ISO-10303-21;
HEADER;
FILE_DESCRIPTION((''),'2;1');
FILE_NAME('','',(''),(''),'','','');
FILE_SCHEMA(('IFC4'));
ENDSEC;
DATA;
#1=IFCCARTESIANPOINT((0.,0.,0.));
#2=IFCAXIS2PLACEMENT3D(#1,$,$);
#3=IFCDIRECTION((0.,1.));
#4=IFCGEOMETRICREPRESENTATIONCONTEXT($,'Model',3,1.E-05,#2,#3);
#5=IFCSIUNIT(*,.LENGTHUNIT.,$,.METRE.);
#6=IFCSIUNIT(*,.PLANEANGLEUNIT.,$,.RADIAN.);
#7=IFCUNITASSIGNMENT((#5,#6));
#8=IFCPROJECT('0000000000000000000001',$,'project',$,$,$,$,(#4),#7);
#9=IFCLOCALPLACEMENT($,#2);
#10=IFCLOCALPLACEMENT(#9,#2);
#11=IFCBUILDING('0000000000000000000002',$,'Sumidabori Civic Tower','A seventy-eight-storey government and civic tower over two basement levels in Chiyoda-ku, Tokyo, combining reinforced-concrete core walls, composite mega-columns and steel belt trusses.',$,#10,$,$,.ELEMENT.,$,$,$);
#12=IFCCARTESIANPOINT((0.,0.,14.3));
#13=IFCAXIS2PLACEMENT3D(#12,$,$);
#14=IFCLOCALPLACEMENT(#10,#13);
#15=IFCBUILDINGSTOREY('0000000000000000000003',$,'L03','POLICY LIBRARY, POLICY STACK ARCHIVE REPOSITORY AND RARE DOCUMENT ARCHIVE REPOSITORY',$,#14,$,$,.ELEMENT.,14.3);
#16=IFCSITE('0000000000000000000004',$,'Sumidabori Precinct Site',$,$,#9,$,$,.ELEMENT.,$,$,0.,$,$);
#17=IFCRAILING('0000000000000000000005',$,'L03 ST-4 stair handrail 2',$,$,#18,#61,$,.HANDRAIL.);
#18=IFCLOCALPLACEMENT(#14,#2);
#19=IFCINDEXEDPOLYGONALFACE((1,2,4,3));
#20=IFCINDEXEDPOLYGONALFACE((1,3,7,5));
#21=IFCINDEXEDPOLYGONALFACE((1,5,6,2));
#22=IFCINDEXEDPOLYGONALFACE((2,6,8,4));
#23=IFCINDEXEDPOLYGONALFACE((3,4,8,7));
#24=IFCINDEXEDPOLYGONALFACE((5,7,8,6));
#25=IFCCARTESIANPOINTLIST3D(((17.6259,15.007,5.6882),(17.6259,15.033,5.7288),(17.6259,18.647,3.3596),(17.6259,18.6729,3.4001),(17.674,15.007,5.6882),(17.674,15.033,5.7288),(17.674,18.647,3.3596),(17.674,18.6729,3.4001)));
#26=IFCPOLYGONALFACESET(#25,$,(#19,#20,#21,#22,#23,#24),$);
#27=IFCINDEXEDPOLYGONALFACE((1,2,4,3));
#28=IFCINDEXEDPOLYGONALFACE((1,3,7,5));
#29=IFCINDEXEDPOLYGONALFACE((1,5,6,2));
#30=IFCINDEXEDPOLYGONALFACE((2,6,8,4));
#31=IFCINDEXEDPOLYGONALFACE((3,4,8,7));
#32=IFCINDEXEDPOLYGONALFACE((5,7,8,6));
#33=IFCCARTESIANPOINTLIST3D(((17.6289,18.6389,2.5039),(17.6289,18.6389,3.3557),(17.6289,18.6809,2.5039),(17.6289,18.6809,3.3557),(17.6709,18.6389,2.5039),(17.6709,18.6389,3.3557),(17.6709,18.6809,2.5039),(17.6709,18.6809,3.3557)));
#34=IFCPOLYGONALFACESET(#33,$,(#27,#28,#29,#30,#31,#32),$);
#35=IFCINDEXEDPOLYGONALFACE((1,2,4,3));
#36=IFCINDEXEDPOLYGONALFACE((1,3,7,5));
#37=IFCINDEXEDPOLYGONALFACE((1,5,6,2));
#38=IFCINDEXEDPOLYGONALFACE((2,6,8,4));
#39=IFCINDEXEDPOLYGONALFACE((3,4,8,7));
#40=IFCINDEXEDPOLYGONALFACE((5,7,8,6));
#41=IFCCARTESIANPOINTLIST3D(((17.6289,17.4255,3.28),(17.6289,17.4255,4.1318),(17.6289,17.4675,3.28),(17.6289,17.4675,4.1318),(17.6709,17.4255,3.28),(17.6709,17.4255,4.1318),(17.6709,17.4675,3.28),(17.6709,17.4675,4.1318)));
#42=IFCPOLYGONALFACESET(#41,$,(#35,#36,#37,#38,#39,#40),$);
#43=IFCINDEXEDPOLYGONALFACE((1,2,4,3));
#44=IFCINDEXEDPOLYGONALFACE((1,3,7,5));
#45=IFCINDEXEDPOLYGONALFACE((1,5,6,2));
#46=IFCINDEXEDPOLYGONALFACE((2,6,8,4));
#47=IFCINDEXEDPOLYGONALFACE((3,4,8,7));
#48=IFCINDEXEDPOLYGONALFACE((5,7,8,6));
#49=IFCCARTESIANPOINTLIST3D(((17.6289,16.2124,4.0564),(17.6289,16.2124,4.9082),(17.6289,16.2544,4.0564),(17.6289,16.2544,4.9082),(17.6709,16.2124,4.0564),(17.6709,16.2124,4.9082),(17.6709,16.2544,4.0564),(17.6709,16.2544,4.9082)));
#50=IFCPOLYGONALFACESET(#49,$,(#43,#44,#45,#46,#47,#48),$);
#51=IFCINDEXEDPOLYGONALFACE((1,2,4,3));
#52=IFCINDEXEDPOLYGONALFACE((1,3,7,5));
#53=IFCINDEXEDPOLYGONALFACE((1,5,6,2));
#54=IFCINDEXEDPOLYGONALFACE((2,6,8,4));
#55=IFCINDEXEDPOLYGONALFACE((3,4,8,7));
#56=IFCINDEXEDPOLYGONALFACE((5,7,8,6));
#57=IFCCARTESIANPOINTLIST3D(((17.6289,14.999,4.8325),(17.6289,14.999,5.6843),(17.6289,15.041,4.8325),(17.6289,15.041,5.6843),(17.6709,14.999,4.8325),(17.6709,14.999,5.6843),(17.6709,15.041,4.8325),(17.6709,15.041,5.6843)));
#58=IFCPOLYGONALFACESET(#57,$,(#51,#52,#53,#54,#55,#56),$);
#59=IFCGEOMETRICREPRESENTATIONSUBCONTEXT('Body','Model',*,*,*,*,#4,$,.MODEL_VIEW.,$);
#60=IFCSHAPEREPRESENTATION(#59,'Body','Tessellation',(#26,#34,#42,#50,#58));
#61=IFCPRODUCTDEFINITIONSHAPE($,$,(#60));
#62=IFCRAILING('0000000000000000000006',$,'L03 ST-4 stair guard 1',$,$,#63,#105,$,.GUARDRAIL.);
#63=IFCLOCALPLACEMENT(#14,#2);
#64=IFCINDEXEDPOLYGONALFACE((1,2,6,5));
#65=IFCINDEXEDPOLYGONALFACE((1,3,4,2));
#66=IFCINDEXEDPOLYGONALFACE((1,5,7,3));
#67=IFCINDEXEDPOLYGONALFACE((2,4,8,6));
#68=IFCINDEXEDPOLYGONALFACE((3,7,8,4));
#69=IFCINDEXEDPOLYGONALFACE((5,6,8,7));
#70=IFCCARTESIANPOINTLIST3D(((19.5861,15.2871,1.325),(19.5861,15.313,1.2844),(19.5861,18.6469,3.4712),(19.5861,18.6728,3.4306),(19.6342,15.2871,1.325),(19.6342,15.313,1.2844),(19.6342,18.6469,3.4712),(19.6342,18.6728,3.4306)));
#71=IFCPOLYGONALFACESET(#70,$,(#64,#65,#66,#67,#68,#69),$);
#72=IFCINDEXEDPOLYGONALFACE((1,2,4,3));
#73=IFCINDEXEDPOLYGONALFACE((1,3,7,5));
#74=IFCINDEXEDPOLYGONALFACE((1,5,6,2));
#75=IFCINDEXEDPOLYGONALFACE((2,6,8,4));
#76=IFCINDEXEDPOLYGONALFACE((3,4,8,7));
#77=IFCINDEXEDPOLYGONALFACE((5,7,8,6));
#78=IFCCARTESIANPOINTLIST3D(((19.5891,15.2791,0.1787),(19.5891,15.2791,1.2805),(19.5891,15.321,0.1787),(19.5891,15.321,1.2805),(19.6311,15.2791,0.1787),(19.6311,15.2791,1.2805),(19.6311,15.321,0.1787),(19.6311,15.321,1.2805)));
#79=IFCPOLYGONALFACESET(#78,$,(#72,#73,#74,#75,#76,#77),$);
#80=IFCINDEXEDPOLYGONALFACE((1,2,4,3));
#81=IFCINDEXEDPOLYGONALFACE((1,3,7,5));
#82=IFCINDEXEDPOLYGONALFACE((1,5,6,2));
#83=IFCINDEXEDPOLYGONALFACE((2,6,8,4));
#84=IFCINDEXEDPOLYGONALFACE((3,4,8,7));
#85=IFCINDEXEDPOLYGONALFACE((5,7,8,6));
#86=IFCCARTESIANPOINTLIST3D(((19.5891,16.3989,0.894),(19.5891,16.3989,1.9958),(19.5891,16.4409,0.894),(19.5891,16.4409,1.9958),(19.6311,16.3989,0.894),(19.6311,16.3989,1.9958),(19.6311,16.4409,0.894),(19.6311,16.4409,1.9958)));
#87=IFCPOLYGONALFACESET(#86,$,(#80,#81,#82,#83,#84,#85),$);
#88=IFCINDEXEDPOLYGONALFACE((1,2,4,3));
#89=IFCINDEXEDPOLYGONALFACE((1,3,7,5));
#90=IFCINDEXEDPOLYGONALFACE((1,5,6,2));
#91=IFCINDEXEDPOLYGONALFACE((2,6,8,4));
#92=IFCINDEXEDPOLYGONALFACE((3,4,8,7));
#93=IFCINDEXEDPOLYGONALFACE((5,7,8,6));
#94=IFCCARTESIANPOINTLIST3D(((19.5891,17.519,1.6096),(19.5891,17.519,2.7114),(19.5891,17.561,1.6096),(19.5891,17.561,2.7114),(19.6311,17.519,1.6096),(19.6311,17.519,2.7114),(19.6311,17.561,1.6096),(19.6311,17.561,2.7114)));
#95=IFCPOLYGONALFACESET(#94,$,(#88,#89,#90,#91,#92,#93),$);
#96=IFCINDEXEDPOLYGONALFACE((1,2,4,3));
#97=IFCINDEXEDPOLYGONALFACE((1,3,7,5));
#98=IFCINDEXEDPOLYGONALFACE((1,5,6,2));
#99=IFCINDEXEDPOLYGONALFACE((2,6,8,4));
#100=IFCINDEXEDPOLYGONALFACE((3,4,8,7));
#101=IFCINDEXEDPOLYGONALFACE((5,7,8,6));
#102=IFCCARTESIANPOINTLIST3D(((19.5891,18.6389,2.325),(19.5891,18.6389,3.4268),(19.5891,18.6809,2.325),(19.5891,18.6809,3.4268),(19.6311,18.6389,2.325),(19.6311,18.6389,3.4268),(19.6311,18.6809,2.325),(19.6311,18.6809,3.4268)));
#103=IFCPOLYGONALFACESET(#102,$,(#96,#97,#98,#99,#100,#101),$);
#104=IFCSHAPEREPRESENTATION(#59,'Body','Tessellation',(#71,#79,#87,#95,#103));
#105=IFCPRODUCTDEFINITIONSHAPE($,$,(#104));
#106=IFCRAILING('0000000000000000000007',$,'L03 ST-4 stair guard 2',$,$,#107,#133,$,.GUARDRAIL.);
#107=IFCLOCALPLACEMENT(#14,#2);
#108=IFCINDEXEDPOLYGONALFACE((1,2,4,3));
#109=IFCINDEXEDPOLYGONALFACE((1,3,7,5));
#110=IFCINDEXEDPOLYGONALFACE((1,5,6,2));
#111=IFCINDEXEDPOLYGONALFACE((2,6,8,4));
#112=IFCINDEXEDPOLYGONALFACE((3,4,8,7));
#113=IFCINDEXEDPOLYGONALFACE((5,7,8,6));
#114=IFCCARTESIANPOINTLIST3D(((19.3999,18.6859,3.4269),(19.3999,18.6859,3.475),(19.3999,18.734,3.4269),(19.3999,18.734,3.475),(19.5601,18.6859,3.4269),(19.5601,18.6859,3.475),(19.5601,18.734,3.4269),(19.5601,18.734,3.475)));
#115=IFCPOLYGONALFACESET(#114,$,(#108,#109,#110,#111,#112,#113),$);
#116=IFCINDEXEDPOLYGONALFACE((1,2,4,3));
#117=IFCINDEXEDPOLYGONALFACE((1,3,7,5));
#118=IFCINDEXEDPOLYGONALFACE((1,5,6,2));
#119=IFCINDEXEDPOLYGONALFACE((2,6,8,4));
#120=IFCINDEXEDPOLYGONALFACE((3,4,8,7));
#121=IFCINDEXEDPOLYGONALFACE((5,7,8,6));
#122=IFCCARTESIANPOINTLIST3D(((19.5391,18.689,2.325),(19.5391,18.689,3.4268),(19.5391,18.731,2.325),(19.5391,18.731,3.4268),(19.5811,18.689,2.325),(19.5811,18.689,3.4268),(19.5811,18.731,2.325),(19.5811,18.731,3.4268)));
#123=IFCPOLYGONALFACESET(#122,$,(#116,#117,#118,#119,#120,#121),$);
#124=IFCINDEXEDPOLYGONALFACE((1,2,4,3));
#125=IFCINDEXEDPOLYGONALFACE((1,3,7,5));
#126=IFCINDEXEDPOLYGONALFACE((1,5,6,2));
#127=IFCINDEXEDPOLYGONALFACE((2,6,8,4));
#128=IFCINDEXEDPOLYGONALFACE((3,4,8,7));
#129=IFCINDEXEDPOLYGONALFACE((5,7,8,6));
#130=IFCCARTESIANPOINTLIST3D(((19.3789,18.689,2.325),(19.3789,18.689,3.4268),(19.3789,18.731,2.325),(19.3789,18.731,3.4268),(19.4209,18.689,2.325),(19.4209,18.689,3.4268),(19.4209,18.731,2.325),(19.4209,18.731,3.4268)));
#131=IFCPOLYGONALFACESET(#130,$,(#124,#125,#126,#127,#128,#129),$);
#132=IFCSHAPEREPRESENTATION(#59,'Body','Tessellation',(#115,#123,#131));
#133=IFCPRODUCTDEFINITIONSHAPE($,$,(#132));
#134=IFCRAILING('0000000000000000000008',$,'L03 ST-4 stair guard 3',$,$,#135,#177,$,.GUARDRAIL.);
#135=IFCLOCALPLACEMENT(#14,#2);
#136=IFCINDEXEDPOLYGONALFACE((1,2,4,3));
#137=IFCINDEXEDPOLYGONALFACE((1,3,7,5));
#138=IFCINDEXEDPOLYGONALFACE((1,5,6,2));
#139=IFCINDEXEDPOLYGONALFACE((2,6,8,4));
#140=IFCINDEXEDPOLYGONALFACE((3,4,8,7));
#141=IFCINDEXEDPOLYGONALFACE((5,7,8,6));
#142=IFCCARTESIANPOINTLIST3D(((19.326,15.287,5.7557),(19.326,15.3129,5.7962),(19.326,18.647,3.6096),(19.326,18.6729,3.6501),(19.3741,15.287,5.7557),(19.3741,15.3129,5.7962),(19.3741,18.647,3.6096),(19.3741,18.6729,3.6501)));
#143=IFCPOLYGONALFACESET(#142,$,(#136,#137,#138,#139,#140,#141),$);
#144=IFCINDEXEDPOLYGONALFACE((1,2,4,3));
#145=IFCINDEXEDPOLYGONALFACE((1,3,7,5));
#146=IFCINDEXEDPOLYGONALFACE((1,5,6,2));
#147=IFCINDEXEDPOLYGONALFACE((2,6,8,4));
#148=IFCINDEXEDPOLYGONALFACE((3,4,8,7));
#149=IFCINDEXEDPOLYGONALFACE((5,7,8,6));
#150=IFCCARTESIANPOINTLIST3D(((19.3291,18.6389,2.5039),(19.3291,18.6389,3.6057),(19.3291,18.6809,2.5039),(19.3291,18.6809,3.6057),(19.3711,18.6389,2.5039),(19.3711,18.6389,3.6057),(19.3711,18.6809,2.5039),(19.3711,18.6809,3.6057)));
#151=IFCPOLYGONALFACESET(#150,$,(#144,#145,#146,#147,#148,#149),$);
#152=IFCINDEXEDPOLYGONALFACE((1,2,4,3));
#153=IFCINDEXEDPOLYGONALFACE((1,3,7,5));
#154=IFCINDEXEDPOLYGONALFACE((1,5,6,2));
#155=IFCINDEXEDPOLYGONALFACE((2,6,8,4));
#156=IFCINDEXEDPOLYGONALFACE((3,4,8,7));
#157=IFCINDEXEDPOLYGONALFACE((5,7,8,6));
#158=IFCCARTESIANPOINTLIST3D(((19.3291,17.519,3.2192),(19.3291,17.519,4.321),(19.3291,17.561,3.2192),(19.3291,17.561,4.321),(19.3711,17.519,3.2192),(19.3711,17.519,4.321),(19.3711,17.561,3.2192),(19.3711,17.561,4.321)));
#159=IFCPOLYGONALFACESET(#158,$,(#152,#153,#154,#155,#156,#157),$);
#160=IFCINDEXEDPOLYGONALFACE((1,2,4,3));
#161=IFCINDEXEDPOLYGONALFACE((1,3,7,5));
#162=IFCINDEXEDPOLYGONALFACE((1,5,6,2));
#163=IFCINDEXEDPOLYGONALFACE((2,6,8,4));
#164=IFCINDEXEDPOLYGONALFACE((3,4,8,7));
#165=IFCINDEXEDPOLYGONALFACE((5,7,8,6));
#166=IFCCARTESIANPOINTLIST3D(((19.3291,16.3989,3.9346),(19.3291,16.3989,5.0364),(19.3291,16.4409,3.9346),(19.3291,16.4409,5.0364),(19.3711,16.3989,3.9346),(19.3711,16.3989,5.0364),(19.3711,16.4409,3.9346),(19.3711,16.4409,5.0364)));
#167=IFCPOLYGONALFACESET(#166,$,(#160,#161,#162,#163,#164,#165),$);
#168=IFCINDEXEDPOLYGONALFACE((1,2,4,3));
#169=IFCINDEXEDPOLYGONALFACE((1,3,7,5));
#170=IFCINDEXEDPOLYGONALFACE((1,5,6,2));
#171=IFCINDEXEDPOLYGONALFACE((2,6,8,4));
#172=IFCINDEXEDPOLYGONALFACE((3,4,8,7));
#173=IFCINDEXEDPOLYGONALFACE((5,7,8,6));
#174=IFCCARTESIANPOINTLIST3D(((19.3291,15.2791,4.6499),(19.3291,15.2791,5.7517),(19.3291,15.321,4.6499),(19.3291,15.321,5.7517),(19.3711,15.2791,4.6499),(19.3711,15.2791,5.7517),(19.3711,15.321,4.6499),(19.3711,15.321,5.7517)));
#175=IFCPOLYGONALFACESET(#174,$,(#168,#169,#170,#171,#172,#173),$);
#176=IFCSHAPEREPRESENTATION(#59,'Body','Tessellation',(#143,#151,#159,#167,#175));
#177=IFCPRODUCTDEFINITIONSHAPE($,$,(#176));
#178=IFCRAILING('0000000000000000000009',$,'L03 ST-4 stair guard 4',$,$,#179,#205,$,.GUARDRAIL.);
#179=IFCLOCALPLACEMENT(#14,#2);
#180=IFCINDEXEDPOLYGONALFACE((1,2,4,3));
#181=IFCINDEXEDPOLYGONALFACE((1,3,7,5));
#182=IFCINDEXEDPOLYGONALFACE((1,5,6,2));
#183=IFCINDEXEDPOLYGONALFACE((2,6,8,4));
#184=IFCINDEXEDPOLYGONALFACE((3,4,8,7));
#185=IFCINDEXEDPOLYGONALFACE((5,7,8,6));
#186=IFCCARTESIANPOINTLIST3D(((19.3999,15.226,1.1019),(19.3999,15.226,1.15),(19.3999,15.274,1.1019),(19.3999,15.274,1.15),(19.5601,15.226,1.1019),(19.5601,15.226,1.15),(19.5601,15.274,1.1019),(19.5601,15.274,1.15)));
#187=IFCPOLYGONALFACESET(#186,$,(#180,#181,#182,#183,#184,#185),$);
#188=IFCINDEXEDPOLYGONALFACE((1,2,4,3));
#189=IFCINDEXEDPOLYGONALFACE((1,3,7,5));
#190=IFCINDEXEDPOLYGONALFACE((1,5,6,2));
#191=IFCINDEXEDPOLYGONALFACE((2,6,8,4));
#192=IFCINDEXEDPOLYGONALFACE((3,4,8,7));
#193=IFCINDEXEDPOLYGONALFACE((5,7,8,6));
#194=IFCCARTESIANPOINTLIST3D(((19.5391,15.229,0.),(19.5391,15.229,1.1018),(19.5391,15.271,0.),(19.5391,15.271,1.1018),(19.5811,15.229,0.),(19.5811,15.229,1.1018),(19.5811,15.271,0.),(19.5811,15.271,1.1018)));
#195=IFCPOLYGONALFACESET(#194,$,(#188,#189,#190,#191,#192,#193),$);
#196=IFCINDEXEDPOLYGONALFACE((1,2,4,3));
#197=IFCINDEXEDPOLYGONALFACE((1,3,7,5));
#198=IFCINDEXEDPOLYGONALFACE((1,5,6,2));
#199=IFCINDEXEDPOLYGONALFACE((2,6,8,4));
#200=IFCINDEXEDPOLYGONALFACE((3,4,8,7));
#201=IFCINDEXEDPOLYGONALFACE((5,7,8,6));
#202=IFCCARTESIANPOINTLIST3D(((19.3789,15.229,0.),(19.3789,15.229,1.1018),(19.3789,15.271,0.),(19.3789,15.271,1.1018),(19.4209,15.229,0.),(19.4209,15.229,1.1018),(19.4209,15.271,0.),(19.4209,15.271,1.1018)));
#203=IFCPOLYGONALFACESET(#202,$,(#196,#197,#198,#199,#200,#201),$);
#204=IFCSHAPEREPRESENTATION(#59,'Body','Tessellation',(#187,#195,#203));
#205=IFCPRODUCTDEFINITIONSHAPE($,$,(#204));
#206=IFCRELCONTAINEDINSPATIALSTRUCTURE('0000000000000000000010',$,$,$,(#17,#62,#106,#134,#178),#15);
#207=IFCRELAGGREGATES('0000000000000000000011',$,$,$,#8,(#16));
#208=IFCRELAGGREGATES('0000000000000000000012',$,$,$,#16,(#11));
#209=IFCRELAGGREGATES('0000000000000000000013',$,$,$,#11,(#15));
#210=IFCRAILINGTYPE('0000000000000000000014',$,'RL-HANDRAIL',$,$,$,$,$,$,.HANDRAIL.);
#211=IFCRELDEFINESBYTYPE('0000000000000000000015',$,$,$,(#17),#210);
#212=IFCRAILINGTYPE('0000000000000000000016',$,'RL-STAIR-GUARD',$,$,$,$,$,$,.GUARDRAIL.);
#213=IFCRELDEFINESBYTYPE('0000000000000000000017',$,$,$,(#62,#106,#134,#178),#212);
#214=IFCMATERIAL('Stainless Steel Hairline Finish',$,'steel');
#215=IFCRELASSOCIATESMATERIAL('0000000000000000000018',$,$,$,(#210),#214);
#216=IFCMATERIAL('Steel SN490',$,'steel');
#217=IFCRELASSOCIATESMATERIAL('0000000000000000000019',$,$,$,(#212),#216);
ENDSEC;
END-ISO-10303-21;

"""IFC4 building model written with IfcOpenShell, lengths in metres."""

from ifc_helpers import new_model, si_unit, direction, frame, origin, origin_2d, place, context, subcontext, project, spatial, rectangle, extrude, material, type_object, element, save


model = new_model("IFC4")

# Units and contexts
model_context = context("Model", 3, precision=1e-05, world=origin(), true_north=direction((0.0, 1.0)))
body_context = subcontext(model_context, "Body", "Model", "MODEL_VIEW")
ifc_project = project(units=[si_unit("LENGTHUNIT", "METRE"), si_unit("PLANEANGLEUNIT", "RADIAN")], contexts=[model_context])

# Site, building, storey
site_placement = place(None, origin())
site = spatial("IfcSite", under=ifc_project, at=site_placement, Name="Sumidabori Precinct Site", CompositionType="ELEMENT", RefElevation=0.0)
building_placement = place(site_placement, origin())
building = spatial("IfcBuilding", under=site, at=building_placement, Name="Sumidabori Civic Tower", Description="A seventy-eight-storey government and civic tower over two basement levels in Chiyoda-ku, Tokyo, combining reinforced-concrete core walls, composite mega-columns and steel belt trusses.", CompositionType="ELEMENT")
storey_placement = place(building_placement, frame((0.0, 0.0, 14.3)))
storey = spatial("IfcBuildingStorey", under=building, at=storey_placement, Name="L03", Description="POLICY LIBRARY, POLICY STACK ARCHIVE REPOSITORY AND RARE DOCUMENT ARCHIVE REPOSITORY", CompositionType="ELEMENT", Elevation=14.3)

# Shared definitions
ifc_material_1 = material(Name="Steel SN490", Category="steel")

# Railings
ifc_material_2 = material(Name="Stainless Steel Hairline Finish", Category="steel")
railing_type_1 = type_object("IfcRailingType", Name="RL-HANDRAIL", PredefinedType="HANDRAIL", material=ifc_material_2)
railing_1_placement = place(storey_placement, frame((17.6499, 18.6599, 2.5039)))
element("IfcRailing", 1, at=railing_1_placement, inside=storey, type_object=railing_type_1, Name="L03 ST-4 stair handrail 2", PredefinedType="HANDRAIL", context=body_context, shape_type="SweptSolid", body=[
    extrude(rectangle(XDim=0.0481, YDim=0.0481, at=origin_2d()), frame((0.0, 0.0, 0.876), z_axis=(0.0, -0.842368, 0.538903), x_axis=(1.0, 0.0, 0.0)), (0.0, 0.0, 1.0), 4.321),
    extrude(rectangle(XDim=0.042, YDim=0.042, at=origin_2d()), origin(), (0.0, 0.0, 1.0), 0.8518),
    extrude(rectangle(XDim=0.042, YDim=0.042, at=origin_2d()), frame((0.0, -1.2134, 0.7761)), (0.0, 0.0, 1.0), 0.8518),
    extrude(rectangle(XDim=0.042, YDim=0.042, at=origin_2d()), frame((0.0, -2.4265, 1.5525)), (0.0, 0.0, 1.0), 0.8518),
    extrude(rectangle(XDim=0.042, YDim=0.042, at=origin_2d()), frame((0.0, -3.6399, 2.3286)), (0.0, 0.0, 1.0), 0.8518),
])
railing_type_2 = type_object("IfcRailingType", Name="RL-STAIR-GUARD", PredefinedType="GUARDRAIL", material=ifc_material_1)
railing_2_placement = place(storey_placement, frame((19.6101, 15.3, 0.1787)))
element("IfcRailing", 2, at=railing_2_placement, inside=storey, type_object=railing_type_2, Name="L03 ST-4 stair guard 1", PredefinedType="GUARDRAIL", context=body_context, shape_type="SweptSolid", body=[
    extrude(rectangle(XDim=0.0481, YDim=0.0481, at=origin_2d()), frame((0.0, 0.0, 1.126), z_axis=(0.0, 0.842735, 0.538329), x_axis=(-1.0, 0.0, 0.0)), (0.0, 0.0, 1.0), 3.9868),
    extrude(rectangle(XDim=0.042, YDim=0.042, at=origin_2d()), origin(), (0.0, 0.0, 1.0), 1.1018),
    extrude(rectangle(XDim=0.042, YDim=0.042, at=origin_2d()), frame((0.0, 1.1199, 0.7153)), (0.0, 0.0, 1.0), 1.1018),
    extrude(rectangle(XDim=0.042, YDim=0.042, at=origin_2d()), frame((0.0, 2.24, 1.4309)), (0.0, 0.0, 1.0), 1.1018),
    extrude(rectangle(XDim=0.042, YDim=0.042, at=origin_2d()), frame((0.0, 3.3599, 2.1462)), (0.0, 0.0, 1.0), 1.1018),
])
railing_3_placement = place(storey_placement, frame((19.5601, 18.71, 2.325)))
element("IfcRailing", 3, at=railing_3_placement, inside=storey, type_object=railing_type_2, Name="L03 ST-4 stair guard 2", PredefinedType="GUARDRAIL", context=body_context, shape_type="SweptSolid", body=[
    extrude(rectangle(XDim=0.0481, YDim=0.0481, at=origin_2d()), frame((0.0, 0.0, 1.126), z_axis=(-1.0, 0.0, 0.0), x_axis=(0.0, -1.0, 0.0)), (0.0, 0.0, 1.0), 0.1602),
    extrude(rectangle(XDim=0.042, YDim=0.042, at=origin_2d()), origin(), (0.0, 0.0, 1.0), 1.1018),
    extrude(rectangle(XDim=0.042, YDim=0.042, at=origin_2d()), frame((-0.1602, 0.0, 0.0)), (0.0, 0.0, 1.0), 1.1018),
])
railing_4_placement = place(storey_placement, frame((19.3501, 18.6599, 2.5039)))
element("IfcRailing", 4, at=railing_4_placement, inside=storey, type_object=railing_type_2, Name="L03 ST-4 stair guard 3", PredefinedType="GUARDRAIL", context=body_context, shape_type="SweptSolid", body=[
    extrude(rectangle(XDim=0.0481, YDim=0.0481, at=origin_2d()), frame((0.0, 0.0, 1.126), z_axis=(0.0, -0.842763, 0.538285), x_axis=(1.0, 0.0, 0.0)), (0.0, 0.0, 1.0), 3.9868),
    extrude(rectangle(XDim=0.042, YDim=0.042, at=origin_2d()), origin(), (0.0, 0.0, 1.0), 1.1018),
    extrude(rectangle(XDim=0.042, YDim=0.042, at=origin_2d()), frame((0.0, -1.1199, 0.7153)), (0.0, 0.0, 1.0), 1.1018),
    extrude(rectangle(XDim=0.042, YDim=0.042, at=origin_2d()), frame((0.0, -2.24, 1.4307)), (0.0, 0.0, 1.0), 1.1018),
    extrude(rectangle(XDim=0.042, YDim=0.042, at=origin_2d()), frame((0.0, -3.3599, 2.146)), (0.0, 0.0, 1.0), 1.1018),
])
railing_5_placement = place(storey_placement, frame((19.5601, 15.25, 0.0)))
element("IfcRailing", 5, at=railing_5_placement, inside=storey, type_object=railing_type_2, Name="L03 ST-4 stair guard 4", PredefinedType="GUARDRAIL", context=body_context, shape_type="SweptSolid", body=[
    extrude(rectangle(XDim=0.0481, YDim=0.0481, at=origin_2d()), frame((0.0, 0.0, 1.126), z_axis=(-1.0, 0.0, 0.0), x_axis=(0.0, -1.0, 0.0)), (0.0, 0.0, 1.0), 0.1602),
    extrude(rectangle(XDim=0.042, YDim=0.042, at=origin_2d()), origin(), (0.0, 0.0, 1.0), 1.1018),
    extrude(rectangle(XDim=0.042, YDim=0.042, at=origin_2d()), frame((-0.1602, 0.0, 0.0)), (0.0, 0.0, 1.0), 1.1018),
])

save(model, "model.ifc")
